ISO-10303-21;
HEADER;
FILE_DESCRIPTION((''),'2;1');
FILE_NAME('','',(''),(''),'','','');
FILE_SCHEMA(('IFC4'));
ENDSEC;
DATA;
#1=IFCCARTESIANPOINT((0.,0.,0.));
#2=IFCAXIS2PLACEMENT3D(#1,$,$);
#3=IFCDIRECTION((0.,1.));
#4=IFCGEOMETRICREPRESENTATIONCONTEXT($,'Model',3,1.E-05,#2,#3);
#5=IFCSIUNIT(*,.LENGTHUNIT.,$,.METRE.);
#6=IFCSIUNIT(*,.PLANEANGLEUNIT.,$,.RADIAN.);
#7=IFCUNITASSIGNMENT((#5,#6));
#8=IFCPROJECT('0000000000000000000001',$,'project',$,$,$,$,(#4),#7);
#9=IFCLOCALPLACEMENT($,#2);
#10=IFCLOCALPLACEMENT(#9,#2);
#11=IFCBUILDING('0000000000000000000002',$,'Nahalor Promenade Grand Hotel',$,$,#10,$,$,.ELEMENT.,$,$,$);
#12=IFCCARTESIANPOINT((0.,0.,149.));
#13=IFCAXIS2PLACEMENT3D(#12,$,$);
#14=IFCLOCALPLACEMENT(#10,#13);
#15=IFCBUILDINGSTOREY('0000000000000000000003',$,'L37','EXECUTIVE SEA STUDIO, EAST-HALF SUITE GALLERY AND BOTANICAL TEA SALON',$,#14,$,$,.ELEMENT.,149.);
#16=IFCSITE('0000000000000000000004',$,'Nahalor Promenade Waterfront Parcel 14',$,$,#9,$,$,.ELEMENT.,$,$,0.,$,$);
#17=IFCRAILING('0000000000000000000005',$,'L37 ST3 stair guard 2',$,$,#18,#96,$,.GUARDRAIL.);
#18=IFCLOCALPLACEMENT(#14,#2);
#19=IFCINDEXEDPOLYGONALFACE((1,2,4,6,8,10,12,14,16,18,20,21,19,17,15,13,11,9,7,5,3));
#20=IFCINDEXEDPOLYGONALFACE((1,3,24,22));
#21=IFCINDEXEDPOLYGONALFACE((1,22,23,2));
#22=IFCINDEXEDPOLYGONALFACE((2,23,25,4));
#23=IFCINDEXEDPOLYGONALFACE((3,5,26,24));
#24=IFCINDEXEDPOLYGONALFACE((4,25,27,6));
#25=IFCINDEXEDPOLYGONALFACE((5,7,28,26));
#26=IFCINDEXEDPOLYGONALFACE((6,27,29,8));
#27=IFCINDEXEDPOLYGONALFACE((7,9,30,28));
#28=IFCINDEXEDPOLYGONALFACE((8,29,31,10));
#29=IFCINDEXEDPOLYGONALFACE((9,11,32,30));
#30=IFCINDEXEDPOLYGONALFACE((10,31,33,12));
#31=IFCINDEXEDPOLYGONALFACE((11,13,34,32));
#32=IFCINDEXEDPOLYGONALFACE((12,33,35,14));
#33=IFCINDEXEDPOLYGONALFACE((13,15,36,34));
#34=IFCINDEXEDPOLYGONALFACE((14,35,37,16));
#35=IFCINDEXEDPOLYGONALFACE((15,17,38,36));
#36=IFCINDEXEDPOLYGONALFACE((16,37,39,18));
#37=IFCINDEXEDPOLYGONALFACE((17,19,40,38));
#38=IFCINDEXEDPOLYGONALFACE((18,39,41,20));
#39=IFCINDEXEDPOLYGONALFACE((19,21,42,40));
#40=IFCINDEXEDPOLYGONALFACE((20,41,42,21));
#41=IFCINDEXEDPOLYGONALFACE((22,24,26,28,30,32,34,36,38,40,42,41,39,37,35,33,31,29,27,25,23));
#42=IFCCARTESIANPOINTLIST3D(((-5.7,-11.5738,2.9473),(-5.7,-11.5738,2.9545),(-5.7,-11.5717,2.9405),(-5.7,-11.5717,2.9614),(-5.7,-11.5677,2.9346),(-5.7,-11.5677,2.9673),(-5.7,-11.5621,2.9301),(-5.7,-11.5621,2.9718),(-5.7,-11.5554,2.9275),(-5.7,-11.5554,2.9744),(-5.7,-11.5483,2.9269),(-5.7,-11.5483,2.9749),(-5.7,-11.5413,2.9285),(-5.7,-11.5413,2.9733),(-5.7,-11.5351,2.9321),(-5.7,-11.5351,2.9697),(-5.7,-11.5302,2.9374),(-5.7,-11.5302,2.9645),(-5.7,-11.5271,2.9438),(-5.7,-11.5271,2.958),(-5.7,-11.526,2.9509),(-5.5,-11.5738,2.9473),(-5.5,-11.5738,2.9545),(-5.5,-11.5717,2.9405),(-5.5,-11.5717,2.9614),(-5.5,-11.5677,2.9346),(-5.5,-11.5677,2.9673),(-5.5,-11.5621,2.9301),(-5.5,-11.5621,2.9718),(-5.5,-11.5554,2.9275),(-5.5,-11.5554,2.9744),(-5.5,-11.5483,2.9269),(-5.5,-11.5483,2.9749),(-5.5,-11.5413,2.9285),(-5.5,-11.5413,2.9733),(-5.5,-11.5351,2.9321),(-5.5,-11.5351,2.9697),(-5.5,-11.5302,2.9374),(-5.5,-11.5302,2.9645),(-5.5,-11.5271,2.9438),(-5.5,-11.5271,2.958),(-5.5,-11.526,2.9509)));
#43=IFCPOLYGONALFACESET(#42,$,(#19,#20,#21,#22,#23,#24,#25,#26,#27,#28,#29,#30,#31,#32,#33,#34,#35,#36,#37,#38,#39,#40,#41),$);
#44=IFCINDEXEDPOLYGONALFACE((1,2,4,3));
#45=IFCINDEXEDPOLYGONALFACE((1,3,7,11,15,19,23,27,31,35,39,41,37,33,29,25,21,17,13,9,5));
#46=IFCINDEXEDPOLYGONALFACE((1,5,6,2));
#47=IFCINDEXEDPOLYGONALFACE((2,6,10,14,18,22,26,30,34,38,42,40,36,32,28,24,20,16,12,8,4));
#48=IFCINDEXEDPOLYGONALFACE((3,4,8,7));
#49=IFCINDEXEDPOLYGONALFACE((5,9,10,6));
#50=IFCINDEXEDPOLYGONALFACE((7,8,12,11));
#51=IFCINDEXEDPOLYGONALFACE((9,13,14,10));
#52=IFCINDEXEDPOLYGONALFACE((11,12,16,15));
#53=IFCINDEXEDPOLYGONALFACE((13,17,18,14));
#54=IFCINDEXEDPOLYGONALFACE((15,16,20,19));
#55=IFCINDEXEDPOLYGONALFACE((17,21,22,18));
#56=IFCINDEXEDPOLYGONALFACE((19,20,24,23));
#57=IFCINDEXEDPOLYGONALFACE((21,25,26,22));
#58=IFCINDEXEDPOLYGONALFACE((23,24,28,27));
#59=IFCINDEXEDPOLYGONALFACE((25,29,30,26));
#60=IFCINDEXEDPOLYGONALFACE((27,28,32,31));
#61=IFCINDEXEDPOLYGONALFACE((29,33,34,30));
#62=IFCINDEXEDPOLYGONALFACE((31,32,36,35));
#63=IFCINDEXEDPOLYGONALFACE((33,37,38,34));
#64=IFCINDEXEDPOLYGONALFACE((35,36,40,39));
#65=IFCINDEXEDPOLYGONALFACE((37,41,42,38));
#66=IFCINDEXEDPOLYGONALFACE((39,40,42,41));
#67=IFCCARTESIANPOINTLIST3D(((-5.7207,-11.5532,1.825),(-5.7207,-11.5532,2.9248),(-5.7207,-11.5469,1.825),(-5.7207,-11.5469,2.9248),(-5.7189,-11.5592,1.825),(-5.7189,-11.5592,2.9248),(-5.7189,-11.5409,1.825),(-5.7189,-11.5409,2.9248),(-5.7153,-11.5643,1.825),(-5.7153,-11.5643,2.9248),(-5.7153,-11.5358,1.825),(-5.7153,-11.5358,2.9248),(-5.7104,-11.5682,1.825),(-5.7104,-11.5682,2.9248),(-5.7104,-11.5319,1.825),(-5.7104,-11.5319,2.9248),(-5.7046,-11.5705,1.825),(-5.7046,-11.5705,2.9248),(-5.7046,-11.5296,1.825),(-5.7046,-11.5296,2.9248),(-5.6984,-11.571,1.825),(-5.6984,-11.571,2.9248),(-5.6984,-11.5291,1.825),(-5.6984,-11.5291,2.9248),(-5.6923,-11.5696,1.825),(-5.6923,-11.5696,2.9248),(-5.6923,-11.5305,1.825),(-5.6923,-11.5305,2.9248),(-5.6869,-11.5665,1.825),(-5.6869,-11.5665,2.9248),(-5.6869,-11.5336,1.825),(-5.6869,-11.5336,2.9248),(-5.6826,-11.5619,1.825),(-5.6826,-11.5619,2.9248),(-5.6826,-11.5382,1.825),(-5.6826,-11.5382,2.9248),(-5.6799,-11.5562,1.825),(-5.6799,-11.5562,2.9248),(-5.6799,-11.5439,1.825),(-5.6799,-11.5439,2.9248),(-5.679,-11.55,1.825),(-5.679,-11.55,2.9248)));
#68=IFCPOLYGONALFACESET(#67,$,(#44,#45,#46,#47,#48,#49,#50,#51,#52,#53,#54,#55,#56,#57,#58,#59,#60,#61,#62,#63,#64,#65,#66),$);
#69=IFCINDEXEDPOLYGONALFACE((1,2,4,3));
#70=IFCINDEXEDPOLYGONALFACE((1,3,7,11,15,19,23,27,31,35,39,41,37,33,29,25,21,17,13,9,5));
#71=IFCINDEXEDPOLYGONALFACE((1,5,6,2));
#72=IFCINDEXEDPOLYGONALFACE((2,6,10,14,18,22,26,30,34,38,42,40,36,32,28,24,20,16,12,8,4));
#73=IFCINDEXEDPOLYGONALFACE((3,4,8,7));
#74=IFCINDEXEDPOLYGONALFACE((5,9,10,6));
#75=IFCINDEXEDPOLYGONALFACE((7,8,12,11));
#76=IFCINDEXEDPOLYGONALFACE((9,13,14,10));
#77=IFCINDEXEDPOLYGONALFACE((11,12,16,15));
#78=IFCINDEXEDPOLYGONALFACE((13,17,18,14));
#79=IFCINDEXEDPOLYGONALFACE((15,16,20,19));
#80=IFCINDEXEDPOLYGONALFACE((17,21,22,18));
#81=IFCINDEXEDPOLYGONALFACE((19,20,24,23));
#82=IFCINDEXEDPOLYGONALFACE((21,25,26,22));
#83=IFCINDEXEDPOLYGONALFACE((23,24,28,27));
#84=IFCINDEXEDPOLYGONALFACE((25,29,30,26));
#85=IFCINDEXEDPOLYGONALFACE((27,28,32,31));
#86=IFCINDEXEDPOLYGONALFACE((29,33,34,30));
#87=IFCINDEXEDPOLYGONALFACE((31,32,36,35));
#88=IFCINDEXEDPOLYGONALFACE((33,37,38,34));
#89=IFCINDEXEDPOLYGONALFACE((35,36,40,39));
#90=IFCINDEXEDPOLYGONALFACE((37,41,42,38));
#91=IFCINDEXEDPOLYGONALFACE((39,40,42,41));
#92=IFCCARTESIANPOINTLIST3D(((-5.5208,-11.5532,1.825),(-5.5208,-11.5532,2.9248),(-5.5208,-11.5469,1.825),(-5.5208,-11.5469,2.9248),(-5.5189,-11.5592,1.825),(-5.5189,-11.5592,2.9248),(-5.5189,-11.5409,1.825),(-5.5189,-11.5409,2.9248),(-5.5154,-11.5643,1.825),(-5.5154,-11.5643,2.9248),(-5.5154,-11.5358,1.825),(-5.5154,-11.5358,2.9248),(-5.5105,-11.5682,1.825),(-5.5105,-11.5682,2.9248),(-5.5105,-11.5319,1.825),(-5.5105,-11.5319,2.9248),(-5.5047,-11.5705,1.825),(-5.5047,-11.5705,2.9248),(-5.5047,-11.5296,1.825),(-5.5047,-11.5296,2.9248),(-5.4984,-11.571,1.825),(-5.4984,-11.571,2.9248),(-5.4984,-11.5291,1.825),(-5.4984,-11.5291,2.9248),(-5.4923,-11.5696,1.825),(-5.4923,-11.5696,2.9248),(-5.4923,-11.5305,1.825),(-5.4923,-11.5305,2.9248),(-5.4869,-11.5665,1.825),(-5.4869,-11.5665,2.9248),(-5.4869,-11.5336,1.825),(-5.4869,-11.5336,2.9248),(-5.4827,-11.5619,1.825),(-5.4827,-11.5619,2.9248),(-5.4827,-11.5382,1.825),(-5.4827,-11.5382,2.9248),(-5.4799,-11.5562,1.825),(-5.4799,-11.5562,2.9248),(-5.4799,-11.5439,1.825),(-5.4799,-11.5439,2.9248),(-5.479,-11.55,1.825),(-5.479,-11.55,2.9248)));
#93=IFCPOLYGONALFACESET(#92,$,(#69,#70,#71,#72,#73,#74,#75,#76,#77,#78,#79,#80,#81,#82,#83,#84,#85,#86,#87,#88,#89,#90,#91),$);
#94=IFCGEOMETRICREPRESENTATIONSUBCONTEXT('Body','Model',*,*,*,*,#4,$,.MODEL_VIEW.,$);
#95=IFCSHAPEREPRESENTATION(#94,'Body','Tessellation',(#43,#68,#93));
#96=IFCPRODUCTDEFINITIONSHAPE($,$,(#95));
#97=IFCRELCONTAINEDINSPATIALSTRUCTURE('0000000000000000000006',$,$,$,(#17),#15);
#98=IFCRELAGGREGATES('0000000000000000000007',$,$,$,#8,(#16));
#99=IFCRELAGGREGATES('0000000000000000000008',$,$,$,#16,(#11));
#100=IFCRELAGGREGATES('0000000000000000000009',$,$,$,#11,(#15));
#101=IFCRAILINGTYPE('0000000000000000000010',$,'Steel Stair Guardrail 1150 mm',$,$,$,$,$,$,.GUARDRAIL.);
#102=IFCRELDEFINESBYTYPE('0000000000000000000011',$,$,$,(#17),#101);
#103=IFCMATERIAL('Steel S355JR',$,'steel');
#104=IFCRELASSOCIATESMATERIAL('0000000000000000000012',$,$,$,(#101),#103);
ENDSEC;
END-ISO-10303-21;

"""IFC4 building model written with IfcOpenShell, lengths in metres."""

from ifc_helpers import new_model, si_unit, direction, frame, origin, origin_2d, place, context, subcontext, project, spatial, circle, extrude, material, type_object, element, save


model = new_model("IFC4")

# Units and contexts
model_context = context("Model", 3, precision=1e-05, world=origin(), true_north=direction((0.0, 1.0)))
body_context = subcontext(model_context, "Body", "Model", "MODEL_VIEW")
ifc_project = project(units=[si_unit("LENGTHUNIT", "METRE"), si_unit("PLANEANGLEUNIT", "RADIAN")], contexts=[model_context])

# Site, building, storey
site_placement = place(None, origin())
site = spatial("IfcSite", under=ifc_project, at=site_placement, Name="Nahalor Promenade Waterfront Parcel 14", CompositionType="ELEMENT", RefElevation=0.0)
building_placement = place(site_placement, origin())
building = spatial("IfcBuilding", under=site, at=building_placement, Name="Nahalor Promenade Grand Hotel", CompositionType="ELEMENT")
storey_placement = place(building_placement, frame((0.0, 0.0, 149.0)))
storey = spatial("IfcBuildingStorey", under=building, at=storey_placement, Name="L37", Description="EXECUTIVE SEA STUDIO, EAST-HALF SUITE GALLERY AND BOTANICAL TEA SALON", CompositionType="ELEMENT", Elevation=149.0)

# Shared definitions
ifc_material_1 = material(Name="Steel S355JR", Category="steel")

# Railing
railing_type_1 = type_object("IfcRailingType", Name="Steel Stair Guardrail 1150 mm", PredefinedType="GUARDRAIL", material=ifc_material_1)
railing_1_placement = place(storey_placement, frame((-5.7, -11.55, 1.825)))
element("IfcRailing", 1, at=railing_1_placement, inside=storey, type_object=railing_type_1, Name="L37 ST3 stair guard 2", PredefinedType="GUARDRAIL", context=body_context, shape_type="SweptSolid", body=[
    extrude(circle(Radius=0.024, at=origin_2d()), frame((0.0, 0.0, 1.126), z_axis=(1.0, 0.0, 0.0), x_axis=(0.0, 1.0, 0.0)), (0.0, 0.0, 1.0), 0.2),
    extrude(circle(Radius=0.021, at=origin_2d()), origin(), (0.0, 0.0, 1.0), 1.0999),
    extrude(circle(Radius=0.021, at=origin_2d()), frame((0.2, 0.0, 0.0)), (0.0, 0.0, 1.0), 1.0999),
])

save(model, "model.ifc")
